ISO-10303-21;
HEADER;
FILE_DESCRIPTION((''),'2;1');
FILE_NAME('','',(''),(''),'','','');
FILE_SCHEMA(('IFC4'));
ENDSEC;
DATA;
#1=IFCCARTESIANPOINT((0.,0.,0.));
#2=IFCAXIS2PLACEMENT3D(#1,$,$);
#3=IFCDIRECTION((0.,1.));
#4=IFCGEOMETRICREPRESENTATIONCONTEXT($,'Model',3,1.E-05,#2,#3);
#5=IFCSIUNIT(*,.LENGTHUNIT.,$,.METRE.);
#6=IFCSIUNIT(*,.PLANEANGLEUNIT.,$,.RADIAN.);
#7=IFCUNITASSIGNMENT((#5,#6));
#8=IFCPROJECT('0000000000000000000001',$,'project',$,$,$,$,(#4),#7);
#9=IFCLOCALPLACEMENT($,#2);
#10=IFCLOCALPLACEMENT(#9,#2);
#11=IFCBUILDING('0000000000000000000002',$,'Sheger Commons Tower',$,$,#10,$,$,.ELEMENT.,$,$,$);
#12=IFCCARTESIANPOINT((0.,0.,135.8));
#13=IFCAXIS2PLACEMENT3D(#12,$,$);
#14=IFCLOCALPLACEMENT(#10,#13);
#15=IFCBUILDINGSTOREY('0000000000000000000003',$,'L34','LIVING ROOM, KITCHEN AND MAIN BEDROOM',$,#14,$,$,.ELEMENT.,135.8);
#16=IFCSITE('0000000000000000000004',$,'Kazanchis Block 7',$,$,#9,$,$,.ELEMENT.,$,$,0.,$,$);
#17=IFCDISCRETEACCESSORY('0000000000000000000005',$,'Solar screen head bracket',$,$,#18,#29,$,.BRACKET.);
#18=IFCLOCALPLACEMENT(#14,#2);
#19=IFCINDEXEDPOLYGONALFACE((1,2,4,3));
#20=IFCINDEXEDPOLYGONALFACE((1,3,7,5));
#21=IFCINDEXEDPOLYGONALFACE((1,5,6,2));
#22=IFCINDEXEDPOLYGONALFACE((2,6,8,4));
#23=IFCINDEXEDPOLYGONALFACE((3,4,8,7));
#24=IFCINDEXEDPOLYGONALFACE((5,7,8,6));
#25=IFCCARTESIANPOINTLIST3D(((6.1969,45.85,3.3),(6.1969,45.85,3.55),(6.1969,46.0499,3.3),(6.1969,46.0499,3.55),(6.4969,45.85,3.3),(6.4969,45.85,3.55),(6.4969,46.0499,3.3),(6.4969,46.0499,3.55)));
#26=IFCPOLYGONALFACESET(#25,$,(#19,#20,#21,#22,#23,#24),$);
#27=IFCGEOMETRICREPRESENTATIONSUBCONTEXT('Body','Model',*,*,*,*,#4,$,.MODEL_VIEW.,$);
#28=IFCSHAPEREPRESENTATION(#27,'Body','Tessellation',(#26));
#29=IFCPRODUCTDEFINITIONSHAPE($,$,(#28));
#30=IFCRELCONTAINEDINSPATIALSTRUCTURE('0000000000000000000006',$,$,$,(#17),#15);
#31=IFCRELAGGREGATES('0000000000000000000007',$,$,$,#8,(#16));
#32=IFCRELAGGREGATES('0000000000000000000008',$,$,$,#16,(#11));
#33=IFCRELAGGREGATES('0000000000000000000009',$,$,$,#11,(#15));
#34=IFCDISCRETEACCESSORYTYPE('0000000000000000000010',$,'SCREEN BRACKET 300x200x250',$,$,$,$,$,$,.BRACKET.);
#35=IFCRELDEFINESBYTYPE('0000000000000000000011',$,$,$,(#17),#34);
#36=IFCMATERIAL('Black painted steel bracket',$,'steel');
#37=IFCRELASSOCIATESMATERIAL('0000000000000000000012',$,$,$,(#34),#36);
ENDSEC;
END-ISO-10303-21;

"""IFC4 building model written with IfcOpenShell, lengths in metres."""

from ifc_helpers import new_model, si_unit, direction, frame, origin, origin_2d, place, context, subcontext, project, spatial, rectangle, extrude, material, type_object, element, save


model = new_model("IFC4")

# Units and contexts
model_context = context("Model", 3, precision=1e-05, world=origin(), true_north=direction((0.0, 1.0)))
body_context = subcontext(model_context, "Body", "Model", "MODEL_VIEW")
ifc_project = project(units=[si_unit("LENGTHUNIT", "METRE"), si_unit("PLANEANGLEUNIT", "RADIAN")], contexts=[model_context])

# Site, building, storey
site_placement = place(None, origin())
site = spatial("IfcSite", under=ifc_project, at=site_placement, Name="Kazanchis Block 7", CompositionType="ELEMENT", RefElevation=0.0)
building_placement = place(site_placement, origin())
building = spatial("IfcBuilding", under=site, at=building_placement, Name="Sheger Commons Tower", CompositionType="ELEMENT")
storey_placement = place(building_placement, frame((0.0, 0.0, 135.8)))
storey = spatial("IfcBuildingStorey", under=building, at=storey_placement, Name="L34", Description="LIVING ROOM, KITCHEN AND MAIN BEDROOM", CompositionType="ELEMENT", Elevation=135.8)

# Discrete accessory
ifc_material_1 = material(Name="Black painted steel bracket", Category="steel")
discrete_accessory_type = type_object("IfcDiscreteAccessoryType", Name="SCREEN BRACKET 300x200x250", PredefinedType="BRACKET", material=ifc_material_1)
for number, where, z_axis, x_axis, name in (
    (1, (6.3469, 45.95, 3.3), (0.0, 0.0, 1.0), (-1.0, 0.0, 0.0), "Solar screen head bracket"),
):
    element("IfcDiscreteAccessory", number, at=place(storey_placement, frame(where, z_axis=z_axis, x_axis=x_axis)), inside=storey, type_object=discrete_accessory_type, Name=name, PredefinedType="BRACKET", context=body_context, shape_type="SweptSolid", body=[
        extrude(rectangle(XDim=0.3, YDim=0.2, at=origin_2d()), origin(), (0.0, 0.0, 1.0), 0.25),
    ])

save(model, "model.ifc")
